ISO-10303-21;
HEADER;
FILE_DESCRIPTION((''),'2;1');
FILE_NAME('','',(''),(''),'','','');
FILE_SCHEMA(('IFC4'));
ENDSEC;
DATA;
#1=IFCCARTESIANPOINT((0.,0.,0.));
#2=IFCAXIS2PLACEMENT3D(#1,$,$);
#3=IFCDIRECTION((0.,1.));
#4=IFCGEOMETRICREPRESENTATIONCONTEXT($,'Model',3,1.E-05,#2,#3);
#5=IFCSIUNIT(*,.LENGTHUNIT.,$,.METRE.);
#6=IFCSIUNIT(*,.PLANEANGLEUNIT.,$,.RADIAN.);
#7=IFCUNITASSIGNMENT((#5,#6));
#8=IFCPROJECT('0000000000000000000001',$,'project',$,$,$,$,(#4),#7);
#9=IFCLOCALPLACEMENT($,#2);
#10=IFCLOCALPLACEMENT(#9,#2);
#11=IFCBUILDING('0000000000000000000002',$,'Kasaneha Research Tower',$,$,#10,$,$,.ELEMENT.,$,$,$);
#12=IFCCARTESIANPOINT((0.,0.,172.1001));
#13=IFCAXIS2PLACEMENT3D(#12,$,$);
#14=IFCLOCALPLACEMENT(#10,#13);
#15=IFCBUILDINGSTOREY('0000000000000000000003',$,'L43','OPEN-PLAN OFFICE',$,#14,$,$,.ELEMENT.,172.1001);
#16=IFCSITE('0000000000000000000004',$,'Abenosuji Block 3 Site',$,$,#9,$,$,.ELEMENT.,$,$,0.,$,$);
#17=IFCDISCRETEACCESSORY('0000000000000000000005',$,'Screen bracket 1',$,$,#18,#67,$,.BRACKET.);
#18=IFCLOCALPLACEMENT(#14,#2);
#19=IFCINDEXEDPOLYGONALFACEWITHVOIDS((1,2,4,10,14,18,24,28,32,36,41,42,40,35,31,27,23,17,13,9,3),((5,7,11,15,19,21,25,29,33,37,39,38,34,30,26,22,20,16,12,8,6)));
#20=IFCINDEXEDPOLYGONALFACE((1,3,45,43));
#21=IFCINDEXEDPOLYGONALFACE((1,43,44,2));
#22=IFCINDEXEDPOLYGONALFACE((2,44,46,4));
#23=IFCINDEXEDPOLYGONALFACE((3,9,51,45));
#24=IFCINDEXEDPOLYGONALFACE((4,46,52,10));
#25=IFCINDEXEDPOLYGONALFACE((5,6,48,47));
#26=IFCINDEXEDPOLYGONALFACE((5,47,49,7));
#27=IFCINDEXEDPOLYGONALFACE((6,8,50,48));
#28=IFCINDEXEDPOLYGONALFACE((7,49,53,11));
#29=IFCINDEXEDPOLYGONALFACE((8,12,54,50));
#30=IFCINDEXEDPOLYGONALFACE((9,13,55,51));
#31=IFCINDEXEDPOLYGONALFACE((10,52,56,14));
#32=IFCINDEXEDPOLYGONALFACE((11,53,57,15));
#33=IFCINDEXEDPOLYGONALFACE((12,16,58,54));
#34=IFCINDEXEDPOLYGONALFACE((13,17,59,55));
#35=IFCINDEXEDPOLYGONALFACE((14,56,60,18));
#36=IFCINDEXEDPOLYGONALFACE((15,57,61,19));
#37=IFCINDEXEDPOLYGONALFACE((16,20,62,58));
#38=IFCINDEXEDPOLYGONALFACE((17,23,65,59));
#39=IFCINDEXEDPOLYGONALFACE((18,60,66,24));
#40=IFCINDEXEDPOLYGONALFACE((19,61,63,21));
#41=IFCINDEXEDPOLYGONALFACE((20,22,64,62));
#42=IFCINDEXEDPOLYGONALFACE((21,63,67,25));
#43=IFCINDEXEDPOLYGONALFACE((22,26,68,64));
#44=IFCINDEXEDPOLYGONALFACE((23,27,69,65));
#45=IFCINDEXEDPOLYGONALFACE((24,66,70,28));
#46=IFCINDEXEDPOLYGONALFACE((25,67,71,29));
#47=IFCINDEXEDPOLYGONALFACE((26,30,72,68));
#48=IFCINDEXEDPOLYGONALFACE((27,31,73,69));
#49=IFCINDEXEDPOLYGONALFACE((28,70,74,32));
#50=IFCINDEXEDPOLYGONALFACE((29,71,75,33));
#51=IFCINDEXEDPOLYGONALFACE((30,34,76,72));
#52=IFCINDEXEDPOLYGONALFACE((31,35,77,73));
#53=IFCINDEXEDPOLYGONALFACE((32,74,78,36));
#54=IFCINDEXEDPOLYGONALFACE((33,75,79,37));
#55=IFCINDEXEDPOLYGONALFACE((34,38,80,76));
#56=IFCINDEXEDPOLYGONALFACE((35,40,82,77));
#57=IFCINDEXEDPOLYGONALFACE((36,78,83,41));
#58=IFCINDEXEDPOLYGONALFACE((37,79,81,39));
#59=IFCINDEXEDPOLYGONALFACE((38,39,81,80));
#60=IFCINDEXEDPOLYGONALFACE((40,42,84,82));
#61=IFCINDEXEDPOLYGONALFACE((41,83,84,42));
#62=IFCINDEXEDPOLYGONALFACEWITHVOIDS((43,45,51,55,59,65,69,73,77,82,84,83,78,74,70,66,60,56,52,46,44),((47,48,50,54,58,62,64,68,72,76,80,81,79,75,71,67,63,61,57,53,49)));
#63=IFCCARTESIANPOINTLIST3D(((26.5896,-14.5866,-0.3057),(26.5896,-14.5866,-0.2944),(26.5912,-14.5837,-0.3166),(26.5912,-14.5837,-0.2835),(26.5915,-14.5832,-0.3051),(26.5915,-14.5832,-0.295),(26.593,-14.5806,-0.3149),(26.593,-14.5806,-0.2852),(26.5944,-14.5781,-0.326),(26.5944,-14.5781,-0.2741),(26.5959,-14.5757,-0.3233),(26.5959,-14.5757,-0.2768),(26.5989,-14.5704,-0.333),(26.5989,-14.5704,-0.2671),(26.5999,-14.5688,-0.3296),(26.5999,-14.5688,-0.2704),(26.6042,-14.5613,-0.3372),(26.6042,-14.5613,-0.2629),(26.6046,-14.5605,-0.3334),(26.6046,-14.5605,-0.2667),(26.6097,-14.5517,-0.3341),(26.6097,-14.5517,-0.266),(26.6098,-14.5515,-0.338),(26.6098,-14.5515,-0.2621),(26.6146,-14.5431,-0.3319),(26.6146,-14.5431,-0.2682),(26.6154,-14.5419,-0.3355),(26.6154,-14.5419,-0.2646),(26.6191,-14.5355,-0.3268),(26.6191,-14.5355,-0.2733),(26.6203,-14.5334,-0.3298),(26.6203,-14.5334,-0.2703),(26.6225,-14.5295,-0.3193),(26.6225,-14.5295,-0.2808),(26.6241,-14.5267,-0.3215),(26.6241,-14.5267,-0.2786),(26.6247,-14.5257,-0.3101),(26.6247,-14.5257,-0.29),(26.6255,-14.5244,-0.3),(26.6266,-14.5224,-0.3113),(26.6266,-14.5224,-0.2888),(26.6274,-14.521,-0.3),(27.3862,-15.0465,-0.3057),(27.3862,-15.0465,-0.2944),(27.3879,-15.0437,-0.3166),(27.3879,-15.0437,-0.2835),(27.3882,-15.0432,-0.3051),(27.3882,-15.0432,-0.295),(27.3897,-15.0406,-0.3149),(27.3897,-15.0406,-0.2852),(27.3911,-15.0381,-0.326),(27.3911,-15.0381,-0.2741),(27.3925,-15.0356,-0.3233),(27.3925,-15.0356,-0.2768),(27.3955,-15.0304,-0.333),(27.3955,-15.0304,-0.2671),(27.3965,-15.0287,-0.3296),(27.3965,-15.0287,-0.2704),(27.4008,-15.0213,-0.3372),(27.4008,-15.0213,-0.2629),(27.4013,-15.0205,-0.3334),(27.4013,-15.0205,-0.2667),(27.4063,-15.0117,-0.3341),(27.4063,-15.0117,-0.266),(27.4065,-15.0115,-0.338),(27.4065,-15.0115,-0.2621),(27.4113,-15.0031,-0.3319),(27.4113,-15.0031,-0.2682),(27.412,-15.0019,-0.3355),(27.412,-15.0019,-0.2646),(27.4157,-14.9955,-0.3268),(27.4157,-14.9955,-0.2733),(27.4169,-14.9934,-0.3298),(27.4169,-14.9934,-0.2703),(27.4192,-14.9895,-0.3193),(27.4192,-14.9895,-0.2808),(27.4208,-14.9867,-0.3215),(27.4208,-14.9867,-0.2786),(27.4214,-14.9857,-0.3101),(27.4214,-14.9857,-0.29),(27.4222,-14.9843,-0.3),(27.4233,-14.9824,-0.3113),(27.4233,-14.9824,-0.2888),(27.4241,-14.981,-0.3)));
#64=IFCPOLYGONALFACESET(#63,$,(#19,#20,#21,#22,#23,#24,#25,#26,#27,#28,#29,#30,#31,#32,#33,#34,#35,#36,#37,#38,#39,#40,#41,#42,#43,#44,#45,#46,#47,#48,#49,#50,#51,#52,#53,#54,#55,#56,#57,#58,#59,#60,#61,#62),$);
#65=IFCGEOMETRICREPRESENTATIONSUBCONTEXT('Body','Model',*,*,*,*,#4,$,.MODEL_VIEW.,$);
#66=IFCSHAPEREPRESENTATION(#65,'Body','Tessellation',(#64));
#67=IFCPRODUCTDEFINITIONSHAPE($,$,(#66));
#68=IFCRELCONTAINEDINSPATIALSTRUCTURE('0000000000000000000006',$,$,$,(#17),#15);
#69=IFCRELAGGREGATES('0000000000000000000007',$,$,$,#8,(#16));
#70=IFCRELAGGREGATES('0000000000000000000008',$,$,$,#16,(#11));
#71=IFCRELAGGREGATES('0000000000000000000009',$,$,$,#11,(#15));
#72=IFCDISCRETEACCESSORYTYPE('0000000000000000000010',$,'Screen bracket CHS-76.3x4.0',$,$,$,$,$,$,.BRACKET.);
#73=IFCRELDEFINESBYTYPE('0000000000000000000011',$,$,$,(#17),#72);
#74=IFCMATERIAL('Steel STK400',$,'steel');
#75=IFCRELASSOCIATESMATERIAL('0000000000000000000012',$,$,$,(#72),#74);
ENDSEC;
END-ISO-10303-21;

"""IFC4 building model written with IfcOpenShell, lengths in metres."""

from ifc_helpers import new_model, si_unit, direction, frame, origin, origin_2d, place, context, subcontext, project, spatial, hollow_circle, extrude, material, material_profile, profile_set, type_object, element, save


model = new_model("IFC4")

# Units and contexts
model_context = context("Model", 3, precision=1e-05, world=origin(), true_north=direction((0.0, 1.0)))
body_context = subcontext(model_context, "Body", "Model", "MODEL_VIEW")
ifc_project = project(units=[si_unit("LENGTHUNIT", "METRE"), si_unit("PLANEANGLEUNIT", "RADIAN")], contexts=[model_context])

# Site, building, storey
site_placement = place(None, origin())
site = spatial("IfcSite", under=ifc_project, at=site_placement, Name="Abenosuji Block 3 Site", CompositionType="ELEMENT", RefElevation=0.0)
building_placement = place(site_placement, origin())
building = spatial("IfcBuilding", under=site, at=building_placement, Name="Kasaneha Research Tower", CompositionType="ELEMENT")
storey_placement = place(building_placement, frame((0.0, 0.0, 172.1001)))
storey = spatial("IfcBuildingStorey", under=building, at=storey_placement, Name="L43", Description="OPEN-PLAN OFFICE", CompositionType="ELEMENT", Elevation=172.1001)

# Discrete accessory
ifc_material_1 = material(Name="Steel STK400", Category="steel")
ifc_material_profile_1 = material_profile(ifc_material_1, hollow_circle(Radius=0.0381, WallThickness=0.0039, at=origin_2d()), Name="CHS-76.3x4.0")
ifc_profile_set_1 = profile_set([ifc_material_profile_1], Name="Steel STK400")
discrete_accessory_type = type_object("IfcDiscreteAccessoryType", Name="Screen bracket CHS-76.3x4.0", PredefinedType="BRACKET", material=ifc_profile_set_1)
for number, where, z_axis, x_axis, name in (
    (1, (26.6084, -14.554, -0.3), (0.866013, -0.500021, 0.0), (0.500021, 0.866013, 0.0), "Screen bracket 1"),
):
    element("IfcDiscreteAccessory", number, at=place(storey_placement, frame(where, z_axis=z_axis, x_axis=x_axis)), inside=storey, type_object=discrete_accessory_type, Name=name, PredefinedType="BRACKET", context=body_context, shape_type="SweptSolid", body=[
        extrude(hollow_circle(Radius=0.0381, WallThickness=0.0039, at=origin_2d()), origin(), (0.0, 0.0, 1.0), 0.9199),
    ])

save(model, "model.ifc")
